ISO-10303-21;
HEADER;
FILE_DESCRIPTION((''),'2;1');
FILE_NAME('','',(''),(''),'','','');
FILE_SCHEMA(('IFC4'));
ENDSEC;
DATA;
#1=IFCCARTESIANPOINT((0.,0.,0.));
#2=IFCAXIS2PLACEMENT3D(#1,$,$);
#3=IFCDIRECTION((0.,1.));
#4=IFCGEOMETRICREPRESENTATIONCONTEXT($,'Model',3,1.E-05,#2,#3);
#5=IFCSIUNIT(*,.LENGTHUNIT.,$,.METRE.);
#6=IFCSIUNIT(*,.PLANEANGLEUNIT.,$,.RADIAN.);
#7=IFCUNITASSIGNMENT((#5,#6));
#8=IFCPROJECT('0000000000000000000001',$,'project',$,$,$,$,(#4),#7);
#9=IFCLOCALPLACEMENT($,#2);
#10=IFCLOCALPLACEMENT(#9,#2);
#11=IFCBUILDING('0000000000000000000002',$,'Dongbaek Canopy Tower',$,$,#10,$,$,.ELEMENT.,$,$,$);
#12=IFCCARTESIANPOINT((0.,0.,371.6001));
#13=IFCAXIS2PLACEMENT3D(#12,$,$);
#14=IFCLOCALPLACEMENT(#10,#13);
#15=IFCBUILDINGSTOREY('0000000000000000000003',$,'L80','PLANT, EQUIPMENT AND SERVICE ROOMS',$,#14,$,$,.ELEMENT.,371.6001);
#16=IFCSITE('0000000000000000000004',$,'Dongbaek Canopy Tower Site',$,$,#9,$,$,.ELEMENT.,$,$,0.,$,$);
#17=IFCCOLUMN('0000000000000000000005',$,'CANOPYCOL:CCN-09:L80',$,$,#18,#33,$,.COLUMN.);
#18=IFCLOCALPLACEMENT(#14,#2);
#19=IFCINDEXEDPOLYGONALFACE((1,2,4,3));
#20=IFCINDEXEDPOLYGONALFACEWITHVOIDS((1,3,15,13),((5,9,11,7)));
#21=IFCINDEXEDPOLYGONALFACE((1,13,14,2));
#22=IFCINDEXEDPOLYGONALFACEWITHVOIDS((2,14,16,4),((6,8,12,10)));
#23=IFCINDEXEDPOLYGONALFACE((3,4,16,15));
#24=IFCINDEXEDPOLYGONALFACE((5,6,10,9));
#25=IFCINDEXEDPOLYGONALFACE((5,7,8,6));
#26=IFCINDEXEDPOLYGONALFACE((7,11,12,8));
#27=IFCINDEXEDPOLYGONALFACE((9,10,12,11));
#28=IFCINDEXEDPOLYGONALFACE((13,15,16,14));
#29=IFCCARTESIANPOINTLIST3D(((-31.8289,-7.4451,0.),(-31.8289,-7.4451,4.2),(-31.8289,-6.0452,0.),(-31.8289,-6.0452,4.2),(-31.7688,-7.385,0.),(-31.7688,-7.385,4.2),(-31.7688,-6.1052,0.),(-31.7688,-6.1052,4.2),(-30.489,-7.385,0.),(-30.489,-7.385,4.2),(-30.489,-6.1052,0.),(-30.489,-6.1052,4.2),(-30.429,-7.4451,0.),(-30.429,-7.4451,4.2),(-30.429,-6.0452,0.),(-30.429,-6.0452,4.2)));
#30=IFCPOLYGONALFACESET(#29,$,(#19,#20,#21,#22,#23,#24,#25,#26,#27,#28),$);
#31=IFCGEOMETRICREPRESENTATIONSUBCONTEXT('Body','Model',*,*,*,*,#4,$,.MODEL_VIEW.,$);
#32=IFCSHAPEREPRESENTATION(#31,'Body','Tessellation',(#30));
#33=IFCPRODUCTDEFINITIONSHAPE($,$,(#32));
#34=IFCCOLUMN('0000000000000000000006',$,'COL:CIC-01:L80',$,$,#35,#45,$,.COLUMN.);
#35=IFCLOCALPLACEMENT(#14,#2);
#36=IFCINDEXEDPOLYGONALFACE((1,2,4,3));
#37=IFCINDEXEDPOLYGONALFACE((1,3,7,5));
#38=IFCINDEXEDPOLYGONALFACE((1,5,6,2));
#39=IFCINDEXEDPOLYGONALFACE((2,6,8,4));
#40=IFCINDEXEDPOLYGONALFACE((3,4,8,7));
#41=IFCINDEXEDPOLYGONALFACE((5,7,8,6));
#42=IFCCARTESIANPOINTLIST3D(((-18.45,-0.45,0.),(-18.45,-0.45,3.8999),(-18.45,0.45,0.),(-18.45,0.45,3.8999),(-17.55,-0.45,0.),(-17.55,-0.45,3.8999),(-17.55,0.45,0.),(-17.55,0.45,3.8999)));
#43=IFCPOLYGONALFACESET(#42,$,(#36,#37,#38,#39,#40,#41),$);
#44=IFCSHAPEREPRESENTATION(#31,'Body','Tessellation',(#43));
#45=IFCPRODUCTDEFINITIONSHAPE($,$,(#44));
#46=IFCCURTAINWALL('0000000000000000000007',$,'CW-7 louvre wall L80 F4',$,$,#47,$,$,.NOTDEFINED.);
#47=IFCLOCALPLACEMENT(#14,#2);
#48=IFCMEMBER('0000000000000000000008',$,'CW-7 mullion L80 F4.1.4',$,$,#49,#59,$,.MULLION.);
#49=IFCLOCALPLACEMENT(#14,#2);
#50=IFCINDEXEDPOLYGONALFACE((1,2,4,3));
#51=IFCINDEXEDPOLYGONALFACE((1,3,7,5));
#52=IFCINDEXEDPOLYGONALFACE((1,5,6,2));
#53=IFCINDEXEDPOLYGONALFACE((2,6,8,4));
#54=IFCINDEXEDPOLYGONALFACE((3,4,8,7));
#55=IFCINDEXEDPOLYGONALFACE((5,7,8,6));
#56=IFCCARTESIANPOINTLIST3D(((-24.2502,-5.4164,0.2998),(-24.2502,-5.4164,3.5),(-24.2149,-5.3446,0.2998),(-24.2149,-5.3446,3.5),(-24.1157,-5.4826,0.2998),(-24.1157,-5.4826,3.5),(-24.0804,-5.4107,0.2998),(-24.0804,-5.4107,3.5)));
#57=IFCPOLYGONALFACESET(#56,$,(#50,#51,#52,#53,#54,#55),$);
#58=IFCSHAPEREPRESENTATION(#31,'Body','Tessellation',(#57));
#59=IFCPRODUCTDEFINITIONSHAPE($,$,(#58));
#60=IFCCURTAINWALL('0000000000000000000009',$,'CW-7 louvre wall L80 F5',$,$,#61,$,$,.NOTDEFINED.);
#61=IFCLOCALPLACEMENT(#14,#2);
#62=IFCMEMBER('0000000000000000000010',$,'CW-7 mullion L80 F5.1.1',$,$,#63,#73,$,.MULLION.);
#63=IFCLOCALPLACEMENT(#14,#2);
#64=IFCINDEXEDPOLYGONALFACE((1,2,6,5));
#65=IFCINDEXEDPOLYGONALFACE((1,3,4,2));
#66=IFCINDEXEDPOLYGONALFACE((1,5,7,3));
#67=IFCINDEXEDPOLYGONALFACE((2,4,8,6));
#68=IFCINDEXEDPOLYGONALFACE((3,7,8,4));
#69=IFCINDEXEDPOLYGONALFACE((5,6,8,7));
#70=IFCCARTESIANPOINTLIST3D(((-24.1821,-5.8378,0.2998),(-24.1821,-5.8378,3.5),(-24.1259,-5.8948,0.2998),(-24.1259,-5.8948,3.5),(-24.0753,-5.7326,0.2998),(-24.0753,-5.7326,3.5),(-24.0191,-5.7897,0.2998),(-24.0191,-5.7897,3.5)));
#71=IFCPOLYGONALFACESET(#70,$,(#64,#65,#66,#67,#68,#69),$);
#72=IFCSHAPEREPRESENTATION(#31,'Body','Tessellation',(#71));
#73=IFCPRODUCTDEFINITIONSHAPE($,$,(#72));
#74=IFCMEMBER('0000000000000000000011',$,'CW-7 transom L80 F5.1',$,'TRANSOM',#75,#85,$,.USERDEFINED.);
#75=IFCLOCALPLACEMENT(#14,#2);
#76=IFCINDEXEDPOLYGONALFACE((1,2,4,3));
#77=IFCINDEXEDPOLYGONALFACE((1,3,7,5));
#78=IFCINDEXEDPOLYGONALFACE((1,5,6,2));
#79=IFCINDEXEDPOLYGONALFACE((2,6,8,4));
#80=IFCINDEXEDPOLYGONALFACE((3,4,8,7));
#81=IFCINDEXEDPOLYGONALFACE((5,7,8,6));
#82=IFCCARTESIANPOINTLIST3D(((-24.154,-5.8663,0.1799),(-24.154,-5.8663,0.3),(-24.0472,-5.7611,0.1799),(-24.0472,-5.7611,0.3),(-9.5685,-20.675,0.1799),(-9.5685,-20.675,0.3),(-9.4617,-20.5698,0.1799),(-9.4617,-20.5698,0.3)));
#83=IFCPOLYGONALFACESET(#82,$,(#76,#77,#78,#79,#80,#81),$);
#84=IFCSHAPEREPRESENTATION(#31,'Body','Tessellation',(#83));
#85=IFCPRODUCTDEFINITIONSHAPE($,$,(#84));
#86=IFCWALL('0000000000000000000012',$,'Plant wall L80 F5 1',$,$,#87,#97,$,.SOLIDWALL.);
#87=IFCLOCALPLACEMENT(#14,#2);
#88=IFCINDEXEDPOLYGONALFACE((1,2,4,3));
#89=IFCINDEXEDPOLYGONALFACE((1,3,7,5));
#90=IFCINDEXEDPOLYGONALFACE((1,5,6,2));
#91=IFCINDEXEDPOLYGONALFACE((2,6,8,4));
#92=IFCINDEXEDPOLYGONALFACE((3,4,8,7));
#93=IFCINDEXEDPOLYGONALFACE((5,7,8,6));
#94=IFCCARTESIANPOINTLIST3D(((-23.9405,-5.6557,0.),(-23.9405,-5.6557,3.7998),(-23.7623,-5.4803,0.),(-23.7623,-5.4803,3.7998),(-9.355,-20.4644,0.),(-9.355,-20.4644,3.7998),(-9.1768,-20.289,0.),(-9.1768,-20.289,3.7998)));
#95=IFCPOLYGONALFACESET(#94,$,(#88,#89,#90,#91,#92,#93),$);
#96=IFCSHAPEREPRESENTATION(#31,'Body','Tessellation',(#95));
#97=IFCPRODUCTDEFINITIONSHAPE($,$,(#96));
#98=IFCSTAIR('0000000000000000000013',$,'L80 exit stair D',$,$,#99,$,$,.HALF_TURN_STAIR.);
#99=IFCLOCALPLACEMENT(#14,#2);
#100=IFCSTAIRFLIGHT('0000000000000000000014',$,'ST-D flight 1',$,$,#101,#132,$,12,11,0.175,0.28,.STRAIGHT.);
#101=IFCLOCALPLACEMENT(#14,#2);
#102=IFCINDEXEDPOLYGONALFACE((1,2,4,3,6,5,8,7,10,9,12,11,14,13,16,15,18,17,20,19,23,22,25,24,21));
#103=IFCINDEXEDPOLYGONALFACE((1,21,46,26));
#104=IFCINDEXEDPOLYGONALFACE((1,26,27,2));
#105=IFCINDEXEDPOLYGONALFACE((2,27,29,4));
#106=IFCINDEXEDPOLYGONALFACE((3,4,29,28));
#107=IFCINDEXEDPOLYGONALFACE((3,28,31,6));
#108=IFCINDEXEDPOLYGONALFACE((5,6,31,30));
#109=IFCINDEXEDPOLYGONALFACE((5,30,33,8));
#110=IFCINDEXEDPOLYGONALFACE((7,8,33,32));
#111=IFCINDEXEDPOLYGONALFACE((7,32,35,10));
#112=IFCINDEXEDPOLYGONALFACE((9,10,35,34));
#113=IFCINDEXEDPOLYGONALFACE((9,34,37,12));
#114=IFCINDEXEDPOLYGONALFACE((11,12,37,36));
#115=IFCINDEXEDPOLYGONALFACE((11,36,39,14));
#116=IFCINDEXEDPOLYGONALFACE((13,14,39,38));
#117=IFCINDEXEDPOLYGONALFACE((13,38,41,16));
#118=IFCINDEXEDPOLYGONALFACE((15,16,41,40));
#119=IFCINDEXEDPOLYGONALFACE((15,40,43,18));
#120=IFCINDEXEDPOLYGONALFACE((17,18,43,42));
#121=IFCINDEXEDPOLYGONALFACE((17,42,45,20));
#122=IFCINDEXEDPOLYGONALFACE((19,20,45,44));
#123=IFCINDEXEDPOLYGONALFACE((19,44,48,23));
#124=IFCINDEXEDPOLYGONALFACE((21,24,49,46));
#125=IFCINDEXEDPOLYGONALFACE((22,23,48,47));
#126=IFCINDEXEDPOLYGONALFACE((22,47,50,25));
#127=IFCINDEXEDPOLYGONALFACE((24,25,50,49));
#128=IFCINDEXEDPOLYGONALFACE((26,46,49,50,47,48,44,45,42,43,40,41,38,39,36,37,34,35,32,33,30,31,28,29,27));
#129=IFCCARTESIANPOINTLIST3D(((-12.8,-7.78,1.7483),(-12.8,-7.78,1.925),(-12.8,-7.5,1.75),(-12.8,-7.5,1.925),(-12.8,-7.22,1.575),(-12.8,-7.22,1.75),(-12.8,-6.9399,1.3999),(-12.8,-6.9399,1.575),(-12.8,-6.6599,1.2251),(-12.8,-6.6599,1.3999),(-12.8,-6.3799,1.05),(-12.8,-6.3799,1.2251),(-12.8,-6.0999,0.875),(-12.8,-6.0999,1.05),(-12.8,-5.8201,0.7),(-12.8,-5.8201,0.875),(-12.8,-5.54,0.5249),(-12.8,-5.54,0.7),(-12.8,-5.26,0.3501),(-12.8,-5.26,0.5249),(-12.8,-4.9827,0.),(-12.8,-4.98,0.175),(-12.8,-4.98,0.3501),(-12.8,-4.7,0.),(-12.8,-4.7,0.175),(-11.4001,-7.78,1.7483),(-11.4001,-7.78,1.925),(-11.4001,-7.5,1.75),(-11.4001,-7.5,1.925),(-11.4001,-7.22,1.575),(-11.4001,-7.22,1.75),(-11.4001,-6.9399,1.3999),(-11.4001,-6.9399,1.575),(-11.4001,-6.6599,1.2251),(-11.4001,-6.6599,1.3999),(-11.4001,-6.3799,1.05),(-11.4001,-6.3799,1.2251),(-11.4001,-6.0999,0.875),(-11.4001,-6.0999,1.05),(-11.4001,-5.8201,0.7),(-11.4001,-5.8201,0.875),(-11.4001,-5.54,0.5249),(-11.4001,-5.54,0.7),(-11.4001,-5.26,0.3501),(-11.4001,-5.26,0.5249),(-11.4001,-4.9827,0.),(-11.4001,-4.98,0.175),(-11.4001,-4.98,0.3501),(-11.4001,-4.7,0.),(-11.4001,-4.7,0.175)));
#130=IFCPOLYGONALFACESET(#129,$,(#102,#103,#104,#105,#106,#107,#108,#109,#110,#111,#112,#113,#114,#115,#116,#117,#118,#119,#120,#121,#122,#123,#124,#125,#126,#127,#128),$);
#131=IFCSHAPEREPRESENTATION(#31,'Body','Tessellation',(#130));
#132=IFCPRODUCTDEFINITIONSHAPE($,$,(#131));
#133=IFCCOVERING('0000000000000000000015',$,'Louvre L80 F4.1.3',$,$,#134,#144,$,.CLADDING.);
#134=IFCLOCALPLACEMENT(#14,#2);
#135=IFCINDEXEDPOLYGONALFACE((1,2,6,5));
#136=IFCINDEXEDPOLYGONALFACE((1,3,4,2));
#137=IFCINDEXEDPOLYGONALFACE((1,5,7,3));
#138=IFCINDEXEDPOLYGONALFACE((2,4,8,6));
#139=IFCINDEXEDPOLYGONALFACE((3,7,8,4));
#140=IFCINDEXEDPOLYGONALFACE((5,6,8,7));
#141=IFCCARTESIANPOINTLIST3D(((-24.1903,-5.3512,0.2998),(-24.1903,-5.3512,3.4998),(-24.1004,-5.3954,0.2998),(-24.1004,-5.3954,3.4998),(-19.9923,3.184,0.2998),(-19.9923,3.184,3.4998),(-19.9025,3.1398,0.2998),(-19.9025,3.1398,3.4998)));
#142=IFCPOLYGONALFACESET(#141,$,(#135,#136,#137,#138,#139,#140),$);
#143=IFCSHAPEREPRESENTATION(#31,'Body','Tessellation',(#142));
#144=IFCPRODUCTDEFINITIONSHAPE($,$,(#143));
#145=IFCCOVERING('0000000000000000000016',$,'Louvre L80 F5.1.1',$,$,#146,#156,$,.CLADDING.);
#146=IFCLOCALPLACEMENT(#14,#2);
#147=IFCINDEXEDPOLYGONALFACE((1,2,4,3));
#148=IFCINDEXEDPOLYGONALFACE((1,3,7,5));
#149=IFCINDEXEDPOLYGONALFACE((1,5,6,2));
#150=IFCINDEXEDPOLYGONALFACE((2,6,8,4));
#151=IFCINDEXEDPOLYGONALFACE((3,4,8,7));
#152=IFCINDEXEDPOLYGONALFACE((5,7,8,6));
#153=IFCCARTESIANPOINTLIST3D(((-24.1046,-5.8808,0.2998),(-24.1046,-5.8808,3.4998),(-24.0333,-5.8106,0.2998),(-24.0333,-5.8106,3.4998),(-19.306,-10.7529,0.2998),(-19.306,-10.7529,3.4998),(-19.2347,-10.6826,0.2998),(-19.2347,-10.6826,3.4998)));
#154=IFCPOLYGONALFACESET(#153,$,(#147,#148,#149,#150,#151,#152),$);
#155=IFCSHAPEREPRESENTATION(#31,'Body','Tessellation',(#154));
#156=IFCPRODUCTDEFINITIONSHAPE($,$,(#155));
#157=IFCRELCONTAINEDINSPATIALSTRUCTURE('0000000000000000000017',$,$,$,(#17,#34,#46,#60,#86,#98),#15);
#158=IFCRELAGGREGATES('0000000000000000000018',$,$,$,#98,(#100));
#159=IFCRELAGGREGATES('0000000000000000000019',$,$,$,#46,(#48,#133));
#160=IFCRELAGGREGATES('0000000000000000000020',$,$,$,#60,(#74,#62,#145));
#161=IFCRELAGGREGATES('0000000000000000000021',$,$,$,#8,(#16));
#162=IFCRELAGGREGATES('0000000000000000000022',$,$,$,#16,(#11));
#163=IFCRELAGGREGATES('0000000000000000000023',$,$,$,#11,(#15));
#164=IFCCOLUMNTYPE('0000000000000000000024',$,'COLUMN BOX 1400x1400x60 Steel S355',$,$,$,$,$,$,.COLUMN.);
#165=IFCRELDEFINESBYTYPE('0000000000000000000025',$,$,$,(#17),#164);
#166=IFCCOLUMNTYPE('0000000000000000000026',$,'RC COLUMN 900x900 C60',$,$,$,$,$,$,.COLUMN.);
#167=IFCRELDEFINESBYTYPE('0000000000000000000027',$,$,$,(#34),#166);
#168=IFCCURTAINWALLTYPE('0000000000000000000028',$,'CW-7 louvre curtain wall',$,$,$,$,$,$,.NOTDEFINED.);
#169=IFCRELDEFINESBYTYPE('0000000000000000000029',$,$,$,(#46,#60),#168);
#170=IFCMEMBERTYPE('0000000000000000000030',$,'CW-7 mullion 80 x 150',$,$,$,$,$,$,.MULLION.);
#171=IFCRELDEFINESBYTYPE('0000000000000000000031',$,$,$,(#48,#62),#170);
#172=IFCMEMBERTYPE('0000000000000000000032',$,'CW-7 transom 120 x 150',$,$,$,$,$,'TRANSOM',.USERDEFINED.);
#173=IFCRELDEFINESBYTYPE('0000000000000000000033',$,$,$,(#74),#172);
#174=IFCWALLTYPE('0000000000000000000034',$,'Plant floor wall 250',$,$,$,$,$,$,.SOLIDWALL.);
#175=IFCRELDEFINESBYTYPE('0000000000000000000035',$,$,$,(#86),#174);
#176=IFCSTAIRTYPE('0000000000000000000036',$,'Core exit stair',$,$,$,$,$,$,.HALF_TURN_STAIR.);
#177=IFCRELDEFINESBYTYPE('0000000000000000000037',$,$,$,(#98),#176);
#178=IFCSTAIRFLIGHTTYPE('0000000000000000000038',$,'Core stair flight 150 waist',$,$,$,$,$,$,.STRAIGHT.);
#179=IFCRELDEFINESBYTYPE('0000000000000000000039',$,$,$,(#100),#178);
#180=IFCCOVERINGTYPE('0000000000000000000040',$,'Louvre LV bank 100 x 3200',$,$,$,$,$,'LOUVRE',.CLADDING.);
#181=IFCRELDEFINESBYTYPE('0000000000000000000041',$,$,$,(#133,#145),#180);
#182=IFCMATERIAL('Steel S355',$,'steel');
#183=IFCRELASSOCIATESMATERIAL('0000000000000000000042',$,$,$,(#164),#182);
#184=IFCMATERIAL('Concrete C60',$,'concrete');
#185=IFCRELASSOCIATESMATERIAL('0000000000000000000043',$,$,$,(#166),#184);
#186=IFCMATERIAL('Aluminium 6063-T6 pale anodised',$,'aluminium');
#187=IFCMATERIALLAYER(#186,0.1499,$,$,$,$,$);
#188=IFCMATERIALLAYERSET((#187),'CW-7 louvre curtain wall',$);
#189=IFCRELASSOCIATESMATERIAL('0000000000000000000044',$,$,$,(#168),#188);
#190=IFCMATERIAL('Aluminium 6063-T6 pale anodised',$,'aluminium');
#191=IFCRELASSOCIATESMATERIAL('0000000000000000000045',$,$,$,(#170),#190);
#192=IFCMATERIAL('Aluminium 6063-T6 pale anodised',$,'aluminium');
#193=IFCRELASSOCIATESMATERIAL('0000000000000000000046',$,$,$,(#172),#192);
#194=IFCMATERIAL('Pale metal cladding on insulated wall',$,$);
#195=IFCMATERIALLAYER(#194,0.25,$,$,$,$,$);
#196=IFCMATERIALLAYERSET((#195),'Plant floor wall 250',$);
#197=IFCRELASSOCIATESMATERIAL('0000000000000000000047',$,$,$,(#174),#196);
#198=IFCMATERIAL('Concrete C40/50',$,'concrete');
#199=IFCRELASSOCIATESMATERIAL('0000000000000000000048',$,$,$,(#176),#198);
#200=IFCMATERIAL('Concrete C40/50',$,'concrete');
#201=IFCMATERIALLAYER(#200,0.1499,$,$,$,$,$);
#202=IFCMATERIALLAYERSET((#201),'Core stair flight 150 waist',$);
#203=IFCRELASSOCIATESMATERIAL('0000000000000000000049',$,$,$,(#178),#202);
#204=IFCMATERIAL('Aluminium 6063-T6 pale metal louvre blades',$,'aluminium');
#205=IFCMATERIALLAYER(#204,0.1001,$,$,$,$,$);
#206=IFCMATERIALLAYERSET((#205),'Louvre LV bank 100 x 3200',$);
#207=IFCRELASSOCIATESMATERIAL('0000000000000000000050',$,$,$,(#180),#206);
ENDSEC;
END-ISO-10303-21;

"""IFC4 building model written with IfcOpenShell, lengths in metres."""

from ifc_helpers import new_model, si_unit, direction, frame, frame_2d, origin, origin_2d, place, context, subcontext, project, spatial, polyline, rectangle, hollow_rectangle, outline, extrude, material, layer, layer_set, material_profile, profile_set, type_object, element, aggregate, save


model = new_model("IFC4")

# Units and contexts
model_context = context("Model", 3, precision=1e-05, world=origin(), true_north=direction((0.0, 1.0)))
body_context = subcontext(model_context, "Body", "Model", "MODEL_VIEW")
ifc_project = project(units=[si_unit("LENGTHUNIT", "METRE"), si_unit("PLANEANGLEUNIT", "RADIAN")], contexts=[model_context])

# Site, building, storey
site_placement = place(None, origin())
site = spatial("IfcSite", under=ifc_project, at=site_placement, Name="Dongbaek Canopy Tower Site", CompositionType="ELEMENT", RefElevation=0.0)
building_placement = place(site_placement, origin())
building = spatial("IfcBuilding", under=site, at=building_placement, Name="Dongbaek Canopy Tower", CompositionType="ELEMENT")
storey_placement = place(building_placement, frame((0.0, 0.0, 371.6001)))
storey = spatial("IfcBuildingStorey", under=building, at=storey_placement, Name="L80", Description="PLANT, EQUIPMENT AND SERVICE ROOMS", CompositionType="ELEMENT", Elevation=371.6001)

# Columns
ifc_material_1 = material(Name="Steel S355", Category="steel")
ifc_material_profile_1 = material_profile(ifc_material_1, hollow_rectangle(XDim=1.3999, YDim=1.3999, WallThickness=0.0601, at=origin_2d()), Name="COLUMN BOX 1400x1400x60 Steel S355")
ifc_profile_set_1 = profile_set([ifc_material_profile_1], Name="Steel S355")
column_type_1 = type_object("IfcColumnType", Name="COLUMN BOX 1400x1400x60 Steel S355", PredefinedType="COLUMN", material=ifc_profile_set_1)
column_1_placement = place(storey_placement, frame((-31.1289, -6.7451, 0.0), z_axis=(0.0, 0.0, 1.0), x_axis=(1.0, 0.0, 0.0)))
element("IfcColumn", 1, at=column_1_placement, inside=storey, type_object=column_type_1, Name="CANOPYCOL:CCN-09:L80", PredefinedType="COLUMN", context=body_context, shape_type="SweptSolid", body=[
    extrude(hollow_rectangle(XDim=1.3999, YDim=1.3999, WallThickness=0.0601, at=origin_2d()), origin(), (0.0, 0.0, 1.0), 4.2),
])
ifc_material_2 = material(Name="Concrete C60", Category="concrete")
ifc_material_profile_2 = material_profile(ifc_material_2, rectangle(XDim=0.8999, YDim=0.8999, at=origin_2d()), Name="RC COLUMN 900x900 C60")
ifc_profile_set_2 = profile_set([ifc_material_profile_2], Name="Concrete C60")
column_type_2 = type_object("IfcColumnType", Name="RC COLUMN 900x900 C60", PredefinedType="COLUMN", material=ifc_profile_set_2)
column_2_placement = place(storey_placement, frame((-18.0, 0.0, 0.0), z_axis=(0.0, 0.0, 1.0), x_axis=(1.0, 0.0, 0.0)))
element("IfcColumn", 2, at=column_2_placement, inside=storey, type_object=column_type_2, Name="COL:CIC-01:L80", PredefinedType="COLUMN", context=body_context, shape_type="SweptSolid", body=[
    extrude(rectangle(XDim=0.8999, YDim=0.8999, at=origin_2d()), origin(), (0.0, 0.0, 1.0), 3.8999),
])

# Curtain wall, member
ifc_material_3 = material(Name="Aluminium 6063-T6 pale anodised", Category="aluminium")
ifc_layer_1 = layer(ifc_material_3, 0.1499)
ifc_layer_set_1 = layer_set([ifc_layer_1], Name="CW-7 louvre curtain wall")
curtain_wall_type = type_object("IfcCurtainWallType", Name="CW-7 louvre curtain wall", PredefinedType="NOTDEFINED", material=ifc_layer_set_1)
curtain_wall_1_placement = place(storey_placement, origin())
curtain_wall_1 = element("IfcCurtainWall", 3, at=curtain_wall_1_placement, inside=storey, type_object=curtain_wall_type, Name="CW-7 louvre wall L80 F4", PredefinedType="NOTDEFINED")
ifc_material_4 = material(Name="Aluminium 6063-T6 pale anodised", Category="aluminium")
ifc_material_profile_3 = material_profile(ifc_material_4, rectangle(XDim=0.1499, YDim=0.0801, at=origin_2d()), Name="CW-7 mullion 80 x 150")
ifc_profile_set_3 = profile_set([ifc_material_profile_3], Name="Aluminium 6063-T6 pale anodised")
member_type_1 = type_object("IfcMemberType", Name="CW-7 mullion 80 x 150", PredefinedType="MULLION", material=ifc_profile_set_3)
member_1_placement = place(storey_placement, frame((-24.1653, -5.4136, 0.2998), z_axis=(0.0, 0.0, 1.0), x_axis=(-0.897339, 0.441342, 0.0)))
member_1 = element("IfcMember", 4, at=member_1_placement, type_object=member_type_1, Name="CW-7 mullion L80 F4.1.4", PredefinedType="MULLION", context=body_context, shape_type="SweptSolid", body=[
    extrude(rectangle(XDim=0.1499, YDim=0.0801, at=origin_2d()), origin(), (0.0, 0.0, 1.0), 3.2002),
])

# Curtain wall, members
curtain_wall_2_placement = place(storey_placement, origin())
curtain_wall_2 = element("IfcCurtainWall", 5, at=curtain_wall_2_placement, inside=storey, type_object=curtain_wall_type, Name="CW-7 louvre wall L80 F5", PredefinedType="NOTDEFINED")
member_2_placement = place(storey_placement, frame((-24.1006, -5.8137, 0.2998), z_axis=(0.0, 0.0, 1.0), x_axis=(-0.712455, -0.701718, 0.0)))
member_2 = element("IfcMember", 6, at=member_2_placement, type_object=member_type_1, Name="CW-7 mullion L80 F5.1.1", PredefinedType="MULLION", context=body_context, shape_type="SweptSolid", body=[
    extrude(rectangle(XDim=0.1499, YDim=0.0801, at=origin_2d()), origin(), (0.0, 0.0, 1.0), 3.2002),
])
ifc_material_5 = material(Name="Aluminium 6063-T6 pale anodised", Category="aluminium")
ifc_material_profile_4 = material_profile(ifc_material_5, rectangle(XDim=0.1499, YDim=0.1201, at=origin_2d()), Name="CW-7 transom 120 x 150")
ifc_profile_set_4 = profile_set([ifc_material_profile_4], Name="Aluminium 6063-T6 pale anodised")
member_type_2 = type_object("IfcMemberType", Name="CW-7 transom 120 x 150", ElementType="TRANSOM", PredefinedType="USERDEFINED", material=ifc_profile_set_4)
member_3_placement = place(storey_placement, frame((-24.1006, -5.8137, 0.24), z_axis=(0.701719, -0.712454, 0.0), x_axis=(0.712454, 0.701719, 0.0)))
member_3 = element("IfcMember", 7, at=member_3_placement, type_object=member_type_2, Name="CW-7 transom L80 F5.1", ObjectType="TRANSOM", PredefinedType="USERDEFINED", context=body_context, shape_type="SweptSolid", body=[
    extrude(rectangle(XDim=0.1499, YDim=0.1201, at=origin_2d()), origin(), (0.0, 0.0, 1.0), 20.7854),
])

# Wall
ifc_material_6 = material(Name="Pale metal cladding on insulated wall")
ifc_layer_2 = layer(ifc_material_6, 0.25)
ifc_layer_set_2 = layer_set([ifc_layer_2], Name="Plant floor wall 250")
wall_type = type_object("IfcWallType", Name="Plant floor wall 250", PredefinedType="SOLIDWALL", material=ifc_layer_set_2)
wall_placement = place(storey_placement, frame((-23.8513, -5.5681, 0.0), z_axis=(0.0, 0.0, 1.0), x_axis=(0.701719, -0.712454, 0.0)))
element("IfcWall", 8, at=wall_placement, inside=storey, type_object=wall_type, Name="Plant wall L80 F5 1", PredefinedType="SOLIDWALL", context=body_context, shape_type="SweptSolid", body=[
    extrude(rectangle(XDim=20.7854, YDim=0.25, at=frame_2d((10.3926, 0.0))), origin(), (0.0, 0.0, 1.0), 3.7998),
])

# Stair, stair flight
ifc_material_7 = material(Name="Concrete C40/50", Category="concrete")
stair_type = type_object("IfcStairType", Name="Core exit stair", PredefinedType="HALF_TURN_STAIR", material=ifc_material_7)
stair_placement = place(storey_placement, origin())
stair = element("IfcStair", 9, at=stair_placement, inside=storey, type_object=stair_type, Name="L80 exit stair D", PredefinedType="HALF_TURN_STAIR")
ifc_material_8 = material(Name="Concrete C40/50", Category="concrete")
ifc_layer_3 = layer(ifc_material_8, 0.1499)
ifc_layer_set_3 = layer_set([ifc_layer_3], Name="Core stair flight 150 waist")
stair_flight_type = type_object("IfcStairFlightType", Name="Core stair flight 150 waist", PredefinedType="STRAIGHT", material=ifc_layer_set_3)
stair_flight_placement = place(storey_placement, frame((-12.1001, -4.7, 0.0), z_axis=(0.0, 0.0, 1.0), x_axis=(0.0, -1.0, 0.0)))
stair_flight = element("IfcStairFlight", 10, at=stair_flight_placement, type_object=stair_flight_type, Name="ST-D flight 1", NumberOfRisers=12, NumberOfTreads=11, PredefinedType="STRAIGHT", RiserHeight=0.175, TreadLength=0.28, context=body_context, shape_type="SweptSolid", body=[
    extrude(outline(polyline([(0.0, 0.0), (0.0, 0.175), (0.28, 0.175), (0.28, 0.3501), (0.5601, 0.3501), (0.5601, 0.5249), (0.8401, 0.5249), (0.8401, 0.7), (1.1201, 0.7), (1.1201, 0.875), (1.3999, 0.875), (1.3999, 1.05), (1.6799, 1.05), (1.6799, 1.2251), (1.96, 1.2251), (1.96, 1.3999), (2.24, 1.3999), (2.24, 1.575), (2.52, 1.575), (2.52, 1.75), (2.8, 1.75), (2.8, 1.925), (3.0801, 1.925), (3.0801, 2.1001), (3.0801, 1.7483), (0.2827, 0.0), (0.0, 0.0)])), frame((0.0, 0.7, 0.0), z_axis=(0.0, -1.0, 0.0), x_axis=(1.0, 0.0, 0.0)), (0.0, 0.0, 1.0), 1.3999),
])
aggregate(stair, [stair_flight])

# Coverings
ifc_material_9 = material(Name="Aluminium 6063-T6 pale metal louvre blades", Category="aluminium")
ifc_layer_4 = layer(ifc_material_9, 0.1001)
ifc_layer_set_4 = layer_set([ifc_layer_4], Name="Louvre LV bank 100 x 3200")
covering_type = type_object("IfcCoveringType", Name="Louvre LV bank 100 x 3200", ElementType="LOUVRE", PredefinedType="CLADDING", material=ifc_layer_set_4)
covering_1_placement = place(storey_placement, frame((-22.0464, -1.1057, 0.2998), z_axis=(0.0, 0.0, 1.0), x_axis=(-0.441342, -0.897339, 0.0)))
covering_1 = element("IfcCovering", 11, at=covering_1_placement, type_object=covering_type, Name="Louvre L80 F4.1.3", PredefinedType="CLADDING", context=body_context, shape_type="SweptSolid", body=[
    extrude(rectangle(XDim=9.5117, YDim=0.1001, at=origin_2d()), origin(), (0.0, 0.0, 1.0), 3.2),
])
covering_2_placement = place(storey_placement, frame((-21.6697, -8.2817, 0.2998), z_axis=(0.0, 0.0, 1.0), x_axis=(0.701718, -0.712455, 0.0)))
covering_2 = element("IfcCovering", 12, at=covering_2_placement, type_object=covering_type, Name="Louvre L80 F5.1.1", PredefinedType="CLADDING", context=body_context, shape_type="SweptSolid", body=[
    extrude(rectangle(XDim=6.8384, YDim=0.1001, at=origin_2d()), origin(), (0.0, 0.0, 1.0), 3.2),
])

aggregate(curtain_wall_1, [member_1, covering_1])
aggregate(curtain_wall_2, [member_3, member_2, covering_2])

save(model, "model.ifc")
